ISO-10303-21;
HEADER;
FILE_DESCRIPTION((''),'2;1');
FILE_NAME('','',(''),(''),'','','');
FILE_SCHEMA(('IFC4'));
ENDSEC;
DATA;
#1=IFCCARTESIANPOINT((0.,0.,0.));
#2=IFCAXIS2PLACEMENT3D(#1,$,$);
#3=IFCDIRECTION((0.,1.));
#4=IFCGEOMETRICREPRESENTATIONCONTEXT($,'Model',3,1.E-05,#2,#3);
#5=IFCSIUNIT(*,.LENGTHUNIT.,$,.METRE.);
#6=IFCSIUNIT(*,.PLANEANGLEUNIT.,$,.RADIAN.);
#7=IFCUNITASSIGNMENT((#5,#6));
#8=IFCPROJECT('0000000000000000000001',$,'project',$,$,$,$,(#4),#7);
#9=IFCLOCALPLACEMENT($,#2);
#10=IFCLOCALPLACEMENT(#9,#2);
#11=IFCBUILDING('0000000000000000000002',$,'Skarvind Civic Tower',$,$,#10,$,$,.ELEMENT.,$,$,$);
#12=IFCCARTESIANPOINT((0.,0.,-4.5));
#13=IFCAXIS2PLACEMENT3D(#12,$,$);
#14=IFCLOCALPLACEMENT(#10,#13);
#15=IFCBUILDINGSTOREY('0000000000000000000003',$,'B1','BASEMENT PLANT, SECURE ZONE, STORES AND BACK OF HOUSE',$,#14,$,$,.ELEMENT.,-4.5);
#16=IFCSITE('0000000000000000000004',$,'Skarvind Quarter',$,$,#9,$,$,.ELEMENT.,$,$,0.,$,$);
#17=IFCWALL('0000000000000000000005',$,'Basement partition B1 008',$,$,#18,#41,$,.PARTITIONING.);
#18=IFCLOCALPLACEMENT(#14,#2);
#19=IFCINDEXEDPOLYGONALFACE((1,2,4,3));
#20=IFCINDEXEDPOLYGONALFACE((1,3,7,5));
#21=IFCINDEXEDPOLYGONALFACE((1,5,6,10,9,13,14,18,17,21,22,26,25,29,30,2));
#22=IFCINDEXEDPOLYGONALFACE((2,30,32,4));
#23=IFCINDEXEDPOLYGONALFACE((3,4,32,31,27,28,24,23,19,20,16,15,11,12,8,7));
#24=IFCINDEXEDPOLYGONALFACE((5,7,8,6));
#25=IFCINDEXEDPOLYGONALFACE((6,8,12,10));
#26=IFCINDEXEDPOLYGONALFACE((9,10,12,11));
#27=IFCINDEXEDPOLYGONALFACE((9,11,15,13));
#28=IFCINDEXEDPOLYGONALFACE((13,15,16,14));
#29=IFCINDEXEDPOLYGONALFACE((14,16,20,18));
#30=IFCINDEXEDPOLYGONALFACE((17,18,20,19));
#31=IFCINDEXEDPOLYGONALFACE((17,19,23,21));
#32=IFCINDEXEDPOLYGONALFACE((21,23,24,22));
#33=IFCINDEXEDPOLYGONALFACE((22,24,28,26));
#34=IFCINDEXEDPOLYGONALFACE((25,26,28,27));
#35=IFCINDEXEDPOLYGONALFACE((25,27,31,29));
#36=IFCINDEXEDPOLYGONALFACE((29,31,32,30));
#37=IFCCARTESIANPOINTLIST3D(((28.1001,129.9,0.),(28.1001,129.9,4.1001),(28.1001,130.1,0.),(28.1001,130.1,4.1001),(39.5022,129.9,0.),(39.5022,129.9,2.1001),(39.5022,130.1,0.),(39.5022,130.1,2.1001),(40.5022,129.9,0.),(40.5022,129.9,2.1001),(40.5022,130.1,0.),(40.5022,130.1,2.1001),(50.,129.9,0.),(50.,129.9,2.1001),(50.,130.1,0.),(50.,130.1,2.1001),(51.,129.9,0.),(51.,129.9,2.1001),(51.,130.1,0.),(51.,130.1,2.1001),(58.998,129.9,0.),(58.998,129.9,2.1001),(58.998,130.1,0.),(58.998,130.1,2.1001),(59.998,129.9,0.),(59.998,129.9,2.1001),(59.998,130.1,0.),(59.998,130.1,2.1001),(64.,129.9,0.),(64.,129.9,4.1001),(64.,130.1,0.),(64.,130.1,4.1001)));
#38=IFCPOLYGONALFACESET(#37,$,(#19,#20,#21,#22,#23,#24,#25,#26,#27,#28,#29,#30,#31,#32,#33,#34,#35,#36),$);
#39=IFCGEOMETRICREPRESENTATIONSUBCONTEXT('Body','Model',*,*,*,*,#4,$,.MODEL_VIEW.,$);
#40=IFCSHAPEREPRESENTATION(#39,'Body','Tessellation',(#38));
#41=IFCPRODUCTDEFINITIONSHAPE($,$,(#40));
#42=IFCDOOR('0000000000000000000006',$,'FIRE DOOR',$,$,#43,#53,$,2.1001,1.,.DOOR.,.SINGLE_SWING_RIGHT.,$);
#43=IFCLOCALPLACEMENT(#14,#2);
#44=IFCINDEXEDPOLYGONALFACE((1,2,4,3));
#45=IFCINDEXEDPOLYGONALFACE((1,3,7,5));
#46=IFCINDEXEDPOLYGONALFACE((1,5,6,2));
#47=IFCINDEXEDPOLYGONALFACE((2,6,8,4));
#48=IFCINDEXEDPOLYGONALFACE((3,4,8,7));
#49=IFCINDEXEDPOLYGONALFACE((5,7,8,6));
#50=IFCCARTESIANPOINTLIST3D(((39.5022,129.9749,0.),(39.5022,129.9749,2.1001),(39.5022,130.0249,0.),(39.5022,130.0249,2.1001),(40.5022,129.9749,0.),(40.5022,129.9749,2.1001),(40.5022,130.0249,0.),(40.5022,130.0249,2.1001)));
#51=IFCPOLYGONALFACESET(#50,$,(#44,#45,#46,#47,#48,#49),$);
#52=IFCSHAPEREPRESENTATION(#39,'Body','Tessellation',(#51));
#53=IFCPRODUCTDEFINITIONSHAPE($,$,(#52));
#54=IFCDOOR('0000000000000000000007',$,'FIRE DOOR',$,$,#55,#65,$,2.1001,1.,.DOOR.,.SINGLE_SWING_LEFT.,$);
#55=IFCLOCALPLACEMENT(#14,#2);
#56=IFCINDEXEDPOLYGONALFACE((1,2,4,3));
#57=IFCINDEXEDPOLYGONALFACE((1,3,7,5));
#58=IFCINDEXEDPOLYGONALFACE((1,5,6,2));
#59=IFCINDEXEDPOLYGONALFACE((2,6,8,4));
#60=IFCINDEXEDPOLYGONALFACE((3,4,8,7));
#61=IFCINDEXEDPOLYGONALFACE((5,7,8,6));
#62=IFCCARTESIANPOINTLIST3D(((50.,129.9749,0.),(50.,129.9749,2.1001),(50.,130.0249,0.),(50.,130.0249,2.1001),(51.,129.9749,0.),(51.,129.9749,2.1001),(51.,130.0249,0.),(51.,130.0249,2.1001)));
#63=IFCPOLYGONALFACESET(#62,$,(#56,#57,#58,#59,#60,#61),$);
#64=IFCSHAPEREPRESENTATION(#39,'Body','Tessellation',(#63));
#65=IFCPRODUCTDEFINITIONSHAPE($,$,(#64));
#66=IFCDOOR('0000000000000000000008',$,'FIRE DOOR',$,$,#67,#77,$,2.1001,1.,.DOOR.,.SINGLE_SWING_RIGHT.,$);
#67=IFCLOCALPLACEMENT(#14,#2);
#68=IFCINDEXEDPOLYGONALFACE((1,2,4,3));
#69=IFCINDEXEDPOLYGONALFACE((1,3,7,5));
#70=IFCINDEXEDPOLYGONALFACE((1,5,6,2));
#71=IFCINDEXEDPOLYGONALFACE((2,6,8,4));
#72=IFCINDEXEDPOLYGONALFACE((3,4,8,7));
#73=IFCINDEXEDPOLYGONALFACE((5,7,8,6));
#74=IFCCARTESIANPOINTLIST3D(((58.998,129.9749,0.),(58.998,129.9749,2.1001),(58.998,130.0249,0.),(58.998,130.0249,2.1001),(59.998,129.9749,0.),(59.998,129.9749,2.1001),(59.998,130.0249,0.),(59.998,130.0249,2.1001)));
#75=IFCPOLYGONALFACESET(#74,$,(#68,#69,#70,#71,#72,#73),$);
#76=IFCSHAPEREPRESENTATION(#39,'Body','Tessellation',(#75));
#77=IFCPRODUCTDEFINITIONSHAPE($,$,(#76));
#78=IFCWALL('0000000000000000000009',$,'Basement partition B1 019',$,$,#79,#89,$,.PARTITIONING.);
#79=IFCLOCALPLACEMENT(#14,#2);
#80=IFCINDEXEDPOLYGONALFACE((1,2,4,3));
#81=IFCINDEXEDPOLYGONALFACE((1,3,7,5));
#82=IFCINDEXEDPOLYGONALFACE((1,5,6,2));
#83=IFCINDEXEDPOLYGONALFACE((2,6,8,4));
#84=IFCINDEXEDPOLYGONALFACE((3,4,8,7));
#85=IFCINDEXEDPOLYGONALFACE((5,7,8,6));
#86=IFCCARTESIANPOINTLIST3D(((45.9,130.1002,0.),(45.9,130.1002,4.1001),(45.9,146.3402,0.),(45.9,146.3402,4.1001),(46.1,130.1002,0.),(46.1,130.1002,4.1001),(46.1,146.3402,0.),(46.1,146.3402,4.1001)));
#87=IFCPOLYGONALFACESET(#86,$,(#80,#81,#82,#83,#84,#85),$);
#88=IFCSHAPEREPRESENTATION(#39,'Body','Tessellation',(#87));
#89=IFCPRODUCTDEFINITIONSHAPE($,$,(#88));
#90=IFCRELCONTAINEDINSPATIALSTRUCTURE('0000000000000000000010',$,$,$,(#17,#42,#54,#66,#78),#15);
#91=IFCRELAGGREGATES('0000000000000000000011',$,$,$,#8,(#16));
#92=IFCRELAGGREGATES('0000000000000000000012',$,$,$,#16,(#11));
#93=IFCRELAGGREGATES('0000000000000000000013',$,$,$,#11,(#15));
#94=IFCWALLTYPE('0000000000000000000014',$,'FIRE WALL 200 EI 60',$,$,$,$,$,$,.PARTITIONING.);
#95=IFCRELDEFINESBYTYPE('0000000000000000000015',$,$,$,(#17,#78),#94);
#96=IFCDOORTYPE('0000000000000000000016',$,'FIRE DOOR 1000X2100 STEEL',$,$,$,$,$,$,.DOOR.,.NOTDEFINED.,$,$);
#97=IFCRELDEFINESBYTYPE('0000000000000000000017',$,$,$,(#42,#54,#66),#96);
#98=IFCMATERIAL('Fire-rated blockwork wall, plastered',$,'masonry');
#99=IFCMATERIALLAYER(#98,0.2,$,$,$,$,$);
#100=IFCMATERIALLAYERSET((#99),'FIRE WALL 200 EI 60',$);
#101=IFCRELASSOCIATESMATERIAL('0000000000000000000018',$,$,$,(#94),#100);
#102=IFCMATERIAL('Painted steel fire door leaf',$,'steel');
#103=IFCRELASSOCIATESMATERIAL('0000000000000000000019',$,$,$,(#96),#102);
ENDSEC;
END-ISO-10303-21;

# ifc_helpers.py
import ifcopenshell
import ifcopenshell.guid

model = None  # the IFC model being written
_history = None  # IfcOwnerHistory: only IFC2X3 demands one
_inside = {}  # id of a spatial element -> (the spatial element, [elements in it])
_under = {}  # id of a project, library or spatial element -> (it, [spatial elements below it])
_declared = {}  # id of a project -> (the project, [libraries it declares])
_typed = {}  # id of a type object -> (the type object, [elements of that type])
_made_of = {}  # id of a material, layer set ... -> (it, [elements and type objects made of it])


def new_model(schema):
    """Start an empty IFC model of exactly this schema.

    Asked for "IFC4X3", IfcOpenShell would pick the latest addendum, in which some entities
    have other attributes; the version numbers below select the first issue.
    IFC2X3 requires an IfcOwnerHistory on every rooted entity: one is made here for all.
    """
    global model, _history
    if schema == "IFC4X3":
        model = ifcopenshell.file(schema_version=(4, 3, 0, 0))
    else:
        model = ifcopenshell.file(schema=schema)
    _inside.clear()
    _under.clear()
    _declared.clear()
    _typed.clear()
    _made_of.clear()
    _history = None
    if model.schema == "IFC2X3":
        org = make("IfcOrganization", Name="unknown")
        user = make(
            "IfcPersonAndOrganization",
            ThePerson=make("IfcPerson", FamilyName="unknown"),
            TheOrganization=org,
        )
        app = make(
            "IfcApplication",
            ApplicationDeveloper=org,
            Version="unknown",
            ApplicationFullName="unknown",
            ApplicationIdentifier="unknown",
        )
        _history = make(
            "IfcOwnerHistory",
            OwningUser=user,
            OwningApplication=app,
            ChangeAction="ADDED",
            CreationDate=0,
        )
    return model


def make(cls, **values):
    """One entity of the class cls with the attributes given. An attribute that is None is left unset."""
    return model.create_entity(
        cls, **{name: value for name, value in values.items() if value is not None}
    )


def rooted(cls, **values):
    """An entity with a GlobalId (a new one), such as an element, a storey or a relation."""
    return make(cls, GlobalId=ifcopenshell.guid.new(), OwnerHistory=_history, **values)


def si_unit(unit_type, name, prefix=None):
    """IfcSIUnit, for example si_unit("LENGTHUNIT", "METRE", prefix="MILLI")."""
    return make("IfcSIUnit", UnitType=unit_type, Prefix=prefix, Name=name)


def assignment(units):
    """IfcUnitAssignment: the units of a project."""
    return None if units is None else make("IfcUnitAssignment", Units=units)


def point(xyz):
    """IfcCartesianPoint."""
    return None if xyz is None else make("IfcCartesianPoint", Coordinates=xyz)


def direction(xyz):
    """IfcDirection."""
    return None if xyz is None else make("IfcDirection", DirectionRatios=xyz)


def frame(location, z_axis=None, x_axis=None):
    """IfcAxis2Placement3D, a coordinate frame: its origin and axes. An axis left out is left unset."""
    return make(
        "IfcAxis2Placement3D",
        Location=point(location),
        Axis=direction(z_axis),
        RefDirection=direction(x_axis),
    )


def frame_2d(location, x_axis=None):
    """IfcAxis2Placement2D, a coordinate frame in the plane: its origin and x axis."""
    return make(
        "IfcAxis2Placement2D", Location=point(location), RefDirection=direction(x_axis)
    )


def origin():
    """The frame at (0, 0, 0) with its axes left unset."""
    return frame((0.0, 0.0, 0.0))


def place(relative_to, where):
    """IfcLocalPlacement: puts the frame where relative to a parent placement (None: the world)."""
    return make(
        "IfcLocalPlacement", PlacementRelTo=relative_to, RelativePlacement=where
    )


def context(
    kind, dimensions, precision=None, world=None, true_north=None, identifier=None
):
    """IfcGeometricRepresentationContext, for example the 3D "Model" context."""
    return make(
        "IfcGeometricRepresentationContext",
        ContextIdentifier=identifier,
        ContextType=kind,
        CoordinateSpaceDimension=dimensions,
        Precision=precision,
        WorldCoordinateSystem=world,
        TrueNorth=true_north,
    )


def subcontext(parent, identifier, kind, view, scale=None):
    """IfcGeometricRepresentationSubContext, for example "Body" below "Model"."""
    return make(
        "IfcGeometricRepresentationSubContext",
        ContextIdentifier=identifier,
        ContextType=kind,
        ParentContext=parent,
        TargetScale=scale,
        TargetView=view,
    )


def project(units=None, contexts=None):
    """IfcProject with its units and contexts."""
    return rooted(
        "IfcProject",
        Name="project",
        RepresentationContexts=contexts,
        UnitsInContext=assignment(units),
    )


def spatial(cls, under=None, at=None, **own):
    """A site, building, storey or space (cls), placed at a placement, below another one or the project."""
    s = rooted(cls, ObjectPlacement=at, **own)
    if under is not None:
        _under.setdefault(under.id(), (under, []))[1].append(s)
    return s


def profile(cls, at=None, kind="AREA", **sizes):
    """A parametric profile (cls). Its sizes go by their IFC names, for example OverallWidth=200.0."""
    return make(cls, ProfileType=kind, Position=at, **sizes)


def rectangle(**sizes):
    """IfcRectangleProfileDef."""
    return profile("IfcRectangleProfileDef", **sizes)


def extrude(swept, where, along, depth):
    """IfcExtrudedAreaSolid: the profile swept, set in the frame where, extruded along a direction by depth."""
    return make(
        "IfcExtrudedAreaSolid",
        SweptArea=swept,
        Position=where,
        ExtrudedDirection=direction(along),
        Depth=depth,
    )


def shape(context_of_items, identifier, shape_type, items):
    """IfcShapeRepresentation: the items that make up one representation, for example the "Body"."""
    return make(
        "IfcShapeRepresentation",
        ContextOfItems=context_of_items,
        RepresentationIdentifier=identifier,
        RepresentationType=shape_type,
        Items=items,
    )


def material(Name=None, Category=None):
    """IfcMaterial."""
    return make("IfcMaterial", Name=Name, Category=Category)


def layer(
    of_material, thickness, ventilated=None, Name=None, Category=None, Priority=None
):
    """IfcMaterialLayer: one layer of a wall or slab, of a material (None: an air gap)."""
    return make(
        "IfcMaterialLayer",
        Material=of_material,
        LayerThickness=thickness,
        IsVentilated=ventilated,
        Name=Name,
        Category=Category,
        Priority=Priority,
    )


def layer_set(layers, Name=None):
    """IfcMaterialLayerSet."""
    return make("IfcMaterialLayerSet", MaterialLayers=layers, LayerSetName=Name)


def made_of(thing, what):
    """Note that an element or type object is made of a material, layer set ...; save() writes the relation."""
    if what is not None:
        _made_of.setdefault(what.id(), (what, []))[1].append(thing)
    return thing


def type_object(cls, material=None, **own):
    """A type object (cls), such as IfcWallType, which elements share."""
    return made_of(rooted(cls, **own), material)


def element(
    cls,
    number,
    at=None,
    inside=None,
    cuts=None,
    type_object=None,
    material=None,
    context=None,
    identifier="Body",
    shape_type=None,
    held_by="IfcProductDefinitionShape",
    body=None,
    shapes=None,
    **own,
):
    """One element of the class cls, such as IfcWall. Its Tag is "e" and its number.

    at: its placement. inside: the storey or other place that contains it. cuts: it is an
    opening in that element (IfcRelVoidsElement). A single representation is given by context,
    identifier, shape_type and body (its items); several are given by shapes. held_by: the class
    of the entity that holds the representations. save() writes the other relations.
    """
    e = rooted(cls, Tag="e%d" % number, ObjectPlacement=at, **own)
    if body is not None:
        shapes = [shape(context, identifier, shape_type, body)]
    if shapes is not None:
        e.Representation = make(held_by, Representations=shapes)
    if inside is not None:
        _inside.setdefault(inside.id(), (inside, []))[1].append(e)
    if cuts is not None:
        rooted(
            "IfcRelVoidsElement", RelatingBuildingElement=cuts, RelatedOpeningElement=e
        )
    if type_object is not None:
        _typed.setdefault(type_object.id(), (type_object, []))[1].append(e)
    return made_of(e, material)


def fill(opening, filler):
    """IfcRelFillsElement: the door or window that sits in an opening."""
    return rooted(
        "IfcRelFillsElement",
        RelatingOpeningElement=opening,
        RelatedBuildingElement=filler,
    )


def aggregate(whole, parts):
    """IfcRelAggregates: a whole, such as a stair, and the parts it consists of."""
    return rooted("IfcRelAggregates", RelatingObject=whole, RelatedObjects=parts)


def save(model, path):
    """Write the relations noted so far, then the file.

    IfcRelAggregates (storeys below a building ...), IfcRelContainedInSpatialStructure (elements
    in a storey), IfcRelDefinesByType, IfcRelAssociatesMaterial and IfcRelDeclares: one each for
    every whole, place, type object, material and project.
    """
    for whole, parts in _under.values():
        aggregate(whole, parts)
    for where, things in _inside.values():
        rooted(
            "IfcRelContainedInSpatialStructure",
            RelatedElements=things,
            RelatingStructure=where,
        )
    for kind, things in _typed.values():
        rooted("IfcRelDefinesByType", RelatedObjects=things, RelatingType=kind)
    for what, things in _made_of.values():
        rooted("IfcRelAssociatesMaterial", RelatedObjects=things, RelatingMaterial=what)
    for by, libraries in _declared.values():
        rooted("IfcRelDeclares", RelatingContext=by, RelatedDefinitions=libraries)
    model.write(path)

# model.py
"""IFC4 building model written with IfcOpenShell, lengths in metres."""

from ifc_helpers import new_model, si_unit, direction, frame, frame_2d, origin, place, context, subcontext, project, spatial, rectangle, extrude, material, layer, layer_set, type_object, element, fill, save


model = new_model("IFC4")

# Units and contexts
model_context = context("Model", 3, precision=1e-05, world=origin(), true_north=direction((0.0, 1.0)))
body_context = subcontext(model_context, "Body", "Model", "MODEL_VIEW")
ifc_project = project(units=[si_unit("LENGTHUNIT", "METRE"), si_unit("PLANEANGLEUNIT", "RADIAN")], contexts=[model_context])

# Site, building, storey
site_placement = place(None, origin())
site = spatial("IfcSite", under=ifc_project, at=site_placement, Name="Skarvind Quarter", CompositionType="ELEMENT", RefElevation=0.0)
building_placement = place(site_placement, origin())
building = spatial("IfcBuilding", under=site, at=building_placement, Name="Skarvind Civic Tower", CompositionType="ELEMENT")
storey_placement = place(building_placement, frame((0.0, 0.0, -4.5)))
storey = spatial("IfcBuildingStorey", under=building, at=storey_placement, Name="B1", Description="BASEMENT PLANT, SECURE ZONE, STORES AND BACK OF HOUSE", CompositionType="ELEMENT", Elevation=-4.5)

# Shared definitions
ifc_material_1 = material(Name="Fire-rated blockwork wall, plastered", Category="masonry")
ifc_layer_1 = layer(ifc_material_1, 0.2)
ifc_layer_set_1 = layer_set([ifc_layer_1], Name="FIRE WALL 200 EI 60")
wall_type_1 = type_object("IfcWallType", Name="FIRE WALL 200 EI 60", PredefinedType="PARTITIONING", material=ifc_layer_set_1)

# Wall, openings, doors
wall_1_placement = place(storey_placement, frame((28.1001, 130.0, 0.0), z_axis=(0.0, 0.0, 1.0), x_axis=(1.0, 0.0, 0.0)))
wall_1 = element("IfcWall", 1, at=wall_1_placement, inside=storey, type_object=wall_type_1, Name="Basement partition B1 008", PredefinedType="PARTITIONING", context=body_context, shape_type="SweptSolid", body=[
    extrude(rectangle(XDim=35.8999, YDim=0.2, at=frame_2d((17.95, 0.0))), origin(), (0.0, 0.0, 1.0), 4.1001),
])
opening_1_placement = place(wall_1_placement, frame((11.4021, 0.0, 0.0)))
opening_1 = element("IfcOpeningElement", 2, at=opening_1_placement, cuts=wall_1, PredefinedType="OPENING", context=body_context, shape_type="SweptSolid", body=[
    extrude(rectangle(XDim=1.0, YDim=2.1001, at=frame_2d((0.5, 1.05))), frame((0.0, 0.1099, 0.0), z_axis=(0.0, -1.0, 0.0), x_axis=(1.0, 0.0, 0.0)), (0.0, 0.0, 1.0), 0.22),
])
opening_2_placement = place(wall_1_placement, frame((21.8999, 0.0, 0.0)))
opening_2 = element("IfcOpeningElement", 3, at=opening_2_placement, cuts=wall_1, PredefinedType="OPENING", context=body_context, shape_type="SweptSolid", body=[
    extrude(rectangle(XDim=1.0, YDim=2.1001, at=frame_2d((0.5, 1.05))), frame((0.0, 0.1099, 0.0), z_axis=(0.0, -1.0, 0.0), x_axis=(1.0, 0.0, 0.0)), (0.0, 0.0, 1.0), 0.22),
])
opening_3_placement = place(wall_1_placement, frame((30.8979, 0.0, 0.0)))
opening_3 = element("IfcOpeningElement", 4, at=opening_3_placement, cuts=wall_1, PredefinedType="OPENING", context=body_context, shape_type="SweptSolid", body=[
    extrude(rectangle(XDim=1.0, YDim=2.1001, at=frame_2d((0.5, 1.05))), frame((0.0, 0.1099, 0.0), z_axis=(0.0, -1.0, 0.0), x_axis=(1.0, 0.0, 0.0)), (0.0, 0.0, 1.0), 0.22),
])
ifc_material_2 = material(Name="Painted steel fire door leaf", Category="steel")
door_type = type_object("IfcDoorType", Name="FIRE DOOR 1000X2100 STEEL", OperationType="NOTDEFINED", PredefinedType="DOOR", material=ifc_material_2)
door_1_placement = place(opening_1_placement, origin())
door_1 = element("IfcDoor", 5, at=door_1_placement, inside=storey, type_object=door_type, Name="FIRE DOOR", OperationType="SINGLE_SWING_RIGHT", OverallHeight=2.1001, OverallWidth=1.0, PredefinedType="DOOR", context=body_context, shape_type="SweptSolid", body=[
    extrude(rectangle(XDim=1.0, YDim=2.1001, at=frame_2d((0.5, 1.05))), frame((0.0, 0.0249, 0.0), z_axis=(0.0, -1.0, 0.0), x_axis=(1.0, 0.0, 0.0)), (0.0, 0.0, 1.0), 0.05),
])
fill(opening_1, door_1)
door_2_placement = place(opening_2_placement, origin())
door_2 = element("IfcDoor", 6, at=door_2_placement, inside=storey, type_object=door_type, Name="FIRE DOOR", OperationType="SINGLE_SWING_LEFT", OverallHeight=2.1001, OverallWidth=1.0, PredefinedType="DOOR", context=body_context, shape_type="SweptSolid", body=[
    extrude(rectangle(XDim=1.0, YDim=2.1001, at=frame_2d((0.5, 1.05))), frame((0.0, 0.0249, 0.0), z_axis=(0.0, -1.0, 0.0), x_axis=(1.0, 0.0, 0.0)), (0.0, 0.0, 1.0), 0.05),
])
fill(opening_2, door_2)
door_3_placement = place(opening_3_placement, origin())
door_3 = element("IfcDoor", 7, at=door_3_placement, inside=storey, type_object=door_type, Name="FIRE DOOR", OperationType="SINGLE_SWING_RIGHT", OverallHeight=2.1001, OverallWidth=1.0, PredefinedType="DOOR", context=body_context, shape_type="SweptSolid", body=[
    extrude(rectangle(XDim=1.0, YDim=2.1001, at=frame_2d((0.5, 1.05))), frame((0.0, 0.0249, 0.0), z_axis=(0.0, -1.0, 0.0), x_axis=(1.0, 0.0, 0.0)), (0.0, 0.0, 1.0), 0.05),
])
fill(opening_3, door_3)

# Wall
wall_2_placement = place(storey_placement, frame((46.0, 130.1001, 0.0), z_axis=(0.0, 0.0, 1.0), x_axis=(0.0, 1.0, 0.0)))
element("IfcWall", 8, at=wall_2_placement, inside=storey, type_object=wall_type_1, Name="Basement partition B1 019", PredefinedType="PARTITIONING", context=body_context, shape_type="SweptSolid", body=[
    extrude(rectangle(XDim=16.24, YDim=0.2, at=frame_2d((8.1201, 0.0))), origin(), (0.0, 0.0, 1.0), 4.1001),
])

save(model, "model.ifc")
